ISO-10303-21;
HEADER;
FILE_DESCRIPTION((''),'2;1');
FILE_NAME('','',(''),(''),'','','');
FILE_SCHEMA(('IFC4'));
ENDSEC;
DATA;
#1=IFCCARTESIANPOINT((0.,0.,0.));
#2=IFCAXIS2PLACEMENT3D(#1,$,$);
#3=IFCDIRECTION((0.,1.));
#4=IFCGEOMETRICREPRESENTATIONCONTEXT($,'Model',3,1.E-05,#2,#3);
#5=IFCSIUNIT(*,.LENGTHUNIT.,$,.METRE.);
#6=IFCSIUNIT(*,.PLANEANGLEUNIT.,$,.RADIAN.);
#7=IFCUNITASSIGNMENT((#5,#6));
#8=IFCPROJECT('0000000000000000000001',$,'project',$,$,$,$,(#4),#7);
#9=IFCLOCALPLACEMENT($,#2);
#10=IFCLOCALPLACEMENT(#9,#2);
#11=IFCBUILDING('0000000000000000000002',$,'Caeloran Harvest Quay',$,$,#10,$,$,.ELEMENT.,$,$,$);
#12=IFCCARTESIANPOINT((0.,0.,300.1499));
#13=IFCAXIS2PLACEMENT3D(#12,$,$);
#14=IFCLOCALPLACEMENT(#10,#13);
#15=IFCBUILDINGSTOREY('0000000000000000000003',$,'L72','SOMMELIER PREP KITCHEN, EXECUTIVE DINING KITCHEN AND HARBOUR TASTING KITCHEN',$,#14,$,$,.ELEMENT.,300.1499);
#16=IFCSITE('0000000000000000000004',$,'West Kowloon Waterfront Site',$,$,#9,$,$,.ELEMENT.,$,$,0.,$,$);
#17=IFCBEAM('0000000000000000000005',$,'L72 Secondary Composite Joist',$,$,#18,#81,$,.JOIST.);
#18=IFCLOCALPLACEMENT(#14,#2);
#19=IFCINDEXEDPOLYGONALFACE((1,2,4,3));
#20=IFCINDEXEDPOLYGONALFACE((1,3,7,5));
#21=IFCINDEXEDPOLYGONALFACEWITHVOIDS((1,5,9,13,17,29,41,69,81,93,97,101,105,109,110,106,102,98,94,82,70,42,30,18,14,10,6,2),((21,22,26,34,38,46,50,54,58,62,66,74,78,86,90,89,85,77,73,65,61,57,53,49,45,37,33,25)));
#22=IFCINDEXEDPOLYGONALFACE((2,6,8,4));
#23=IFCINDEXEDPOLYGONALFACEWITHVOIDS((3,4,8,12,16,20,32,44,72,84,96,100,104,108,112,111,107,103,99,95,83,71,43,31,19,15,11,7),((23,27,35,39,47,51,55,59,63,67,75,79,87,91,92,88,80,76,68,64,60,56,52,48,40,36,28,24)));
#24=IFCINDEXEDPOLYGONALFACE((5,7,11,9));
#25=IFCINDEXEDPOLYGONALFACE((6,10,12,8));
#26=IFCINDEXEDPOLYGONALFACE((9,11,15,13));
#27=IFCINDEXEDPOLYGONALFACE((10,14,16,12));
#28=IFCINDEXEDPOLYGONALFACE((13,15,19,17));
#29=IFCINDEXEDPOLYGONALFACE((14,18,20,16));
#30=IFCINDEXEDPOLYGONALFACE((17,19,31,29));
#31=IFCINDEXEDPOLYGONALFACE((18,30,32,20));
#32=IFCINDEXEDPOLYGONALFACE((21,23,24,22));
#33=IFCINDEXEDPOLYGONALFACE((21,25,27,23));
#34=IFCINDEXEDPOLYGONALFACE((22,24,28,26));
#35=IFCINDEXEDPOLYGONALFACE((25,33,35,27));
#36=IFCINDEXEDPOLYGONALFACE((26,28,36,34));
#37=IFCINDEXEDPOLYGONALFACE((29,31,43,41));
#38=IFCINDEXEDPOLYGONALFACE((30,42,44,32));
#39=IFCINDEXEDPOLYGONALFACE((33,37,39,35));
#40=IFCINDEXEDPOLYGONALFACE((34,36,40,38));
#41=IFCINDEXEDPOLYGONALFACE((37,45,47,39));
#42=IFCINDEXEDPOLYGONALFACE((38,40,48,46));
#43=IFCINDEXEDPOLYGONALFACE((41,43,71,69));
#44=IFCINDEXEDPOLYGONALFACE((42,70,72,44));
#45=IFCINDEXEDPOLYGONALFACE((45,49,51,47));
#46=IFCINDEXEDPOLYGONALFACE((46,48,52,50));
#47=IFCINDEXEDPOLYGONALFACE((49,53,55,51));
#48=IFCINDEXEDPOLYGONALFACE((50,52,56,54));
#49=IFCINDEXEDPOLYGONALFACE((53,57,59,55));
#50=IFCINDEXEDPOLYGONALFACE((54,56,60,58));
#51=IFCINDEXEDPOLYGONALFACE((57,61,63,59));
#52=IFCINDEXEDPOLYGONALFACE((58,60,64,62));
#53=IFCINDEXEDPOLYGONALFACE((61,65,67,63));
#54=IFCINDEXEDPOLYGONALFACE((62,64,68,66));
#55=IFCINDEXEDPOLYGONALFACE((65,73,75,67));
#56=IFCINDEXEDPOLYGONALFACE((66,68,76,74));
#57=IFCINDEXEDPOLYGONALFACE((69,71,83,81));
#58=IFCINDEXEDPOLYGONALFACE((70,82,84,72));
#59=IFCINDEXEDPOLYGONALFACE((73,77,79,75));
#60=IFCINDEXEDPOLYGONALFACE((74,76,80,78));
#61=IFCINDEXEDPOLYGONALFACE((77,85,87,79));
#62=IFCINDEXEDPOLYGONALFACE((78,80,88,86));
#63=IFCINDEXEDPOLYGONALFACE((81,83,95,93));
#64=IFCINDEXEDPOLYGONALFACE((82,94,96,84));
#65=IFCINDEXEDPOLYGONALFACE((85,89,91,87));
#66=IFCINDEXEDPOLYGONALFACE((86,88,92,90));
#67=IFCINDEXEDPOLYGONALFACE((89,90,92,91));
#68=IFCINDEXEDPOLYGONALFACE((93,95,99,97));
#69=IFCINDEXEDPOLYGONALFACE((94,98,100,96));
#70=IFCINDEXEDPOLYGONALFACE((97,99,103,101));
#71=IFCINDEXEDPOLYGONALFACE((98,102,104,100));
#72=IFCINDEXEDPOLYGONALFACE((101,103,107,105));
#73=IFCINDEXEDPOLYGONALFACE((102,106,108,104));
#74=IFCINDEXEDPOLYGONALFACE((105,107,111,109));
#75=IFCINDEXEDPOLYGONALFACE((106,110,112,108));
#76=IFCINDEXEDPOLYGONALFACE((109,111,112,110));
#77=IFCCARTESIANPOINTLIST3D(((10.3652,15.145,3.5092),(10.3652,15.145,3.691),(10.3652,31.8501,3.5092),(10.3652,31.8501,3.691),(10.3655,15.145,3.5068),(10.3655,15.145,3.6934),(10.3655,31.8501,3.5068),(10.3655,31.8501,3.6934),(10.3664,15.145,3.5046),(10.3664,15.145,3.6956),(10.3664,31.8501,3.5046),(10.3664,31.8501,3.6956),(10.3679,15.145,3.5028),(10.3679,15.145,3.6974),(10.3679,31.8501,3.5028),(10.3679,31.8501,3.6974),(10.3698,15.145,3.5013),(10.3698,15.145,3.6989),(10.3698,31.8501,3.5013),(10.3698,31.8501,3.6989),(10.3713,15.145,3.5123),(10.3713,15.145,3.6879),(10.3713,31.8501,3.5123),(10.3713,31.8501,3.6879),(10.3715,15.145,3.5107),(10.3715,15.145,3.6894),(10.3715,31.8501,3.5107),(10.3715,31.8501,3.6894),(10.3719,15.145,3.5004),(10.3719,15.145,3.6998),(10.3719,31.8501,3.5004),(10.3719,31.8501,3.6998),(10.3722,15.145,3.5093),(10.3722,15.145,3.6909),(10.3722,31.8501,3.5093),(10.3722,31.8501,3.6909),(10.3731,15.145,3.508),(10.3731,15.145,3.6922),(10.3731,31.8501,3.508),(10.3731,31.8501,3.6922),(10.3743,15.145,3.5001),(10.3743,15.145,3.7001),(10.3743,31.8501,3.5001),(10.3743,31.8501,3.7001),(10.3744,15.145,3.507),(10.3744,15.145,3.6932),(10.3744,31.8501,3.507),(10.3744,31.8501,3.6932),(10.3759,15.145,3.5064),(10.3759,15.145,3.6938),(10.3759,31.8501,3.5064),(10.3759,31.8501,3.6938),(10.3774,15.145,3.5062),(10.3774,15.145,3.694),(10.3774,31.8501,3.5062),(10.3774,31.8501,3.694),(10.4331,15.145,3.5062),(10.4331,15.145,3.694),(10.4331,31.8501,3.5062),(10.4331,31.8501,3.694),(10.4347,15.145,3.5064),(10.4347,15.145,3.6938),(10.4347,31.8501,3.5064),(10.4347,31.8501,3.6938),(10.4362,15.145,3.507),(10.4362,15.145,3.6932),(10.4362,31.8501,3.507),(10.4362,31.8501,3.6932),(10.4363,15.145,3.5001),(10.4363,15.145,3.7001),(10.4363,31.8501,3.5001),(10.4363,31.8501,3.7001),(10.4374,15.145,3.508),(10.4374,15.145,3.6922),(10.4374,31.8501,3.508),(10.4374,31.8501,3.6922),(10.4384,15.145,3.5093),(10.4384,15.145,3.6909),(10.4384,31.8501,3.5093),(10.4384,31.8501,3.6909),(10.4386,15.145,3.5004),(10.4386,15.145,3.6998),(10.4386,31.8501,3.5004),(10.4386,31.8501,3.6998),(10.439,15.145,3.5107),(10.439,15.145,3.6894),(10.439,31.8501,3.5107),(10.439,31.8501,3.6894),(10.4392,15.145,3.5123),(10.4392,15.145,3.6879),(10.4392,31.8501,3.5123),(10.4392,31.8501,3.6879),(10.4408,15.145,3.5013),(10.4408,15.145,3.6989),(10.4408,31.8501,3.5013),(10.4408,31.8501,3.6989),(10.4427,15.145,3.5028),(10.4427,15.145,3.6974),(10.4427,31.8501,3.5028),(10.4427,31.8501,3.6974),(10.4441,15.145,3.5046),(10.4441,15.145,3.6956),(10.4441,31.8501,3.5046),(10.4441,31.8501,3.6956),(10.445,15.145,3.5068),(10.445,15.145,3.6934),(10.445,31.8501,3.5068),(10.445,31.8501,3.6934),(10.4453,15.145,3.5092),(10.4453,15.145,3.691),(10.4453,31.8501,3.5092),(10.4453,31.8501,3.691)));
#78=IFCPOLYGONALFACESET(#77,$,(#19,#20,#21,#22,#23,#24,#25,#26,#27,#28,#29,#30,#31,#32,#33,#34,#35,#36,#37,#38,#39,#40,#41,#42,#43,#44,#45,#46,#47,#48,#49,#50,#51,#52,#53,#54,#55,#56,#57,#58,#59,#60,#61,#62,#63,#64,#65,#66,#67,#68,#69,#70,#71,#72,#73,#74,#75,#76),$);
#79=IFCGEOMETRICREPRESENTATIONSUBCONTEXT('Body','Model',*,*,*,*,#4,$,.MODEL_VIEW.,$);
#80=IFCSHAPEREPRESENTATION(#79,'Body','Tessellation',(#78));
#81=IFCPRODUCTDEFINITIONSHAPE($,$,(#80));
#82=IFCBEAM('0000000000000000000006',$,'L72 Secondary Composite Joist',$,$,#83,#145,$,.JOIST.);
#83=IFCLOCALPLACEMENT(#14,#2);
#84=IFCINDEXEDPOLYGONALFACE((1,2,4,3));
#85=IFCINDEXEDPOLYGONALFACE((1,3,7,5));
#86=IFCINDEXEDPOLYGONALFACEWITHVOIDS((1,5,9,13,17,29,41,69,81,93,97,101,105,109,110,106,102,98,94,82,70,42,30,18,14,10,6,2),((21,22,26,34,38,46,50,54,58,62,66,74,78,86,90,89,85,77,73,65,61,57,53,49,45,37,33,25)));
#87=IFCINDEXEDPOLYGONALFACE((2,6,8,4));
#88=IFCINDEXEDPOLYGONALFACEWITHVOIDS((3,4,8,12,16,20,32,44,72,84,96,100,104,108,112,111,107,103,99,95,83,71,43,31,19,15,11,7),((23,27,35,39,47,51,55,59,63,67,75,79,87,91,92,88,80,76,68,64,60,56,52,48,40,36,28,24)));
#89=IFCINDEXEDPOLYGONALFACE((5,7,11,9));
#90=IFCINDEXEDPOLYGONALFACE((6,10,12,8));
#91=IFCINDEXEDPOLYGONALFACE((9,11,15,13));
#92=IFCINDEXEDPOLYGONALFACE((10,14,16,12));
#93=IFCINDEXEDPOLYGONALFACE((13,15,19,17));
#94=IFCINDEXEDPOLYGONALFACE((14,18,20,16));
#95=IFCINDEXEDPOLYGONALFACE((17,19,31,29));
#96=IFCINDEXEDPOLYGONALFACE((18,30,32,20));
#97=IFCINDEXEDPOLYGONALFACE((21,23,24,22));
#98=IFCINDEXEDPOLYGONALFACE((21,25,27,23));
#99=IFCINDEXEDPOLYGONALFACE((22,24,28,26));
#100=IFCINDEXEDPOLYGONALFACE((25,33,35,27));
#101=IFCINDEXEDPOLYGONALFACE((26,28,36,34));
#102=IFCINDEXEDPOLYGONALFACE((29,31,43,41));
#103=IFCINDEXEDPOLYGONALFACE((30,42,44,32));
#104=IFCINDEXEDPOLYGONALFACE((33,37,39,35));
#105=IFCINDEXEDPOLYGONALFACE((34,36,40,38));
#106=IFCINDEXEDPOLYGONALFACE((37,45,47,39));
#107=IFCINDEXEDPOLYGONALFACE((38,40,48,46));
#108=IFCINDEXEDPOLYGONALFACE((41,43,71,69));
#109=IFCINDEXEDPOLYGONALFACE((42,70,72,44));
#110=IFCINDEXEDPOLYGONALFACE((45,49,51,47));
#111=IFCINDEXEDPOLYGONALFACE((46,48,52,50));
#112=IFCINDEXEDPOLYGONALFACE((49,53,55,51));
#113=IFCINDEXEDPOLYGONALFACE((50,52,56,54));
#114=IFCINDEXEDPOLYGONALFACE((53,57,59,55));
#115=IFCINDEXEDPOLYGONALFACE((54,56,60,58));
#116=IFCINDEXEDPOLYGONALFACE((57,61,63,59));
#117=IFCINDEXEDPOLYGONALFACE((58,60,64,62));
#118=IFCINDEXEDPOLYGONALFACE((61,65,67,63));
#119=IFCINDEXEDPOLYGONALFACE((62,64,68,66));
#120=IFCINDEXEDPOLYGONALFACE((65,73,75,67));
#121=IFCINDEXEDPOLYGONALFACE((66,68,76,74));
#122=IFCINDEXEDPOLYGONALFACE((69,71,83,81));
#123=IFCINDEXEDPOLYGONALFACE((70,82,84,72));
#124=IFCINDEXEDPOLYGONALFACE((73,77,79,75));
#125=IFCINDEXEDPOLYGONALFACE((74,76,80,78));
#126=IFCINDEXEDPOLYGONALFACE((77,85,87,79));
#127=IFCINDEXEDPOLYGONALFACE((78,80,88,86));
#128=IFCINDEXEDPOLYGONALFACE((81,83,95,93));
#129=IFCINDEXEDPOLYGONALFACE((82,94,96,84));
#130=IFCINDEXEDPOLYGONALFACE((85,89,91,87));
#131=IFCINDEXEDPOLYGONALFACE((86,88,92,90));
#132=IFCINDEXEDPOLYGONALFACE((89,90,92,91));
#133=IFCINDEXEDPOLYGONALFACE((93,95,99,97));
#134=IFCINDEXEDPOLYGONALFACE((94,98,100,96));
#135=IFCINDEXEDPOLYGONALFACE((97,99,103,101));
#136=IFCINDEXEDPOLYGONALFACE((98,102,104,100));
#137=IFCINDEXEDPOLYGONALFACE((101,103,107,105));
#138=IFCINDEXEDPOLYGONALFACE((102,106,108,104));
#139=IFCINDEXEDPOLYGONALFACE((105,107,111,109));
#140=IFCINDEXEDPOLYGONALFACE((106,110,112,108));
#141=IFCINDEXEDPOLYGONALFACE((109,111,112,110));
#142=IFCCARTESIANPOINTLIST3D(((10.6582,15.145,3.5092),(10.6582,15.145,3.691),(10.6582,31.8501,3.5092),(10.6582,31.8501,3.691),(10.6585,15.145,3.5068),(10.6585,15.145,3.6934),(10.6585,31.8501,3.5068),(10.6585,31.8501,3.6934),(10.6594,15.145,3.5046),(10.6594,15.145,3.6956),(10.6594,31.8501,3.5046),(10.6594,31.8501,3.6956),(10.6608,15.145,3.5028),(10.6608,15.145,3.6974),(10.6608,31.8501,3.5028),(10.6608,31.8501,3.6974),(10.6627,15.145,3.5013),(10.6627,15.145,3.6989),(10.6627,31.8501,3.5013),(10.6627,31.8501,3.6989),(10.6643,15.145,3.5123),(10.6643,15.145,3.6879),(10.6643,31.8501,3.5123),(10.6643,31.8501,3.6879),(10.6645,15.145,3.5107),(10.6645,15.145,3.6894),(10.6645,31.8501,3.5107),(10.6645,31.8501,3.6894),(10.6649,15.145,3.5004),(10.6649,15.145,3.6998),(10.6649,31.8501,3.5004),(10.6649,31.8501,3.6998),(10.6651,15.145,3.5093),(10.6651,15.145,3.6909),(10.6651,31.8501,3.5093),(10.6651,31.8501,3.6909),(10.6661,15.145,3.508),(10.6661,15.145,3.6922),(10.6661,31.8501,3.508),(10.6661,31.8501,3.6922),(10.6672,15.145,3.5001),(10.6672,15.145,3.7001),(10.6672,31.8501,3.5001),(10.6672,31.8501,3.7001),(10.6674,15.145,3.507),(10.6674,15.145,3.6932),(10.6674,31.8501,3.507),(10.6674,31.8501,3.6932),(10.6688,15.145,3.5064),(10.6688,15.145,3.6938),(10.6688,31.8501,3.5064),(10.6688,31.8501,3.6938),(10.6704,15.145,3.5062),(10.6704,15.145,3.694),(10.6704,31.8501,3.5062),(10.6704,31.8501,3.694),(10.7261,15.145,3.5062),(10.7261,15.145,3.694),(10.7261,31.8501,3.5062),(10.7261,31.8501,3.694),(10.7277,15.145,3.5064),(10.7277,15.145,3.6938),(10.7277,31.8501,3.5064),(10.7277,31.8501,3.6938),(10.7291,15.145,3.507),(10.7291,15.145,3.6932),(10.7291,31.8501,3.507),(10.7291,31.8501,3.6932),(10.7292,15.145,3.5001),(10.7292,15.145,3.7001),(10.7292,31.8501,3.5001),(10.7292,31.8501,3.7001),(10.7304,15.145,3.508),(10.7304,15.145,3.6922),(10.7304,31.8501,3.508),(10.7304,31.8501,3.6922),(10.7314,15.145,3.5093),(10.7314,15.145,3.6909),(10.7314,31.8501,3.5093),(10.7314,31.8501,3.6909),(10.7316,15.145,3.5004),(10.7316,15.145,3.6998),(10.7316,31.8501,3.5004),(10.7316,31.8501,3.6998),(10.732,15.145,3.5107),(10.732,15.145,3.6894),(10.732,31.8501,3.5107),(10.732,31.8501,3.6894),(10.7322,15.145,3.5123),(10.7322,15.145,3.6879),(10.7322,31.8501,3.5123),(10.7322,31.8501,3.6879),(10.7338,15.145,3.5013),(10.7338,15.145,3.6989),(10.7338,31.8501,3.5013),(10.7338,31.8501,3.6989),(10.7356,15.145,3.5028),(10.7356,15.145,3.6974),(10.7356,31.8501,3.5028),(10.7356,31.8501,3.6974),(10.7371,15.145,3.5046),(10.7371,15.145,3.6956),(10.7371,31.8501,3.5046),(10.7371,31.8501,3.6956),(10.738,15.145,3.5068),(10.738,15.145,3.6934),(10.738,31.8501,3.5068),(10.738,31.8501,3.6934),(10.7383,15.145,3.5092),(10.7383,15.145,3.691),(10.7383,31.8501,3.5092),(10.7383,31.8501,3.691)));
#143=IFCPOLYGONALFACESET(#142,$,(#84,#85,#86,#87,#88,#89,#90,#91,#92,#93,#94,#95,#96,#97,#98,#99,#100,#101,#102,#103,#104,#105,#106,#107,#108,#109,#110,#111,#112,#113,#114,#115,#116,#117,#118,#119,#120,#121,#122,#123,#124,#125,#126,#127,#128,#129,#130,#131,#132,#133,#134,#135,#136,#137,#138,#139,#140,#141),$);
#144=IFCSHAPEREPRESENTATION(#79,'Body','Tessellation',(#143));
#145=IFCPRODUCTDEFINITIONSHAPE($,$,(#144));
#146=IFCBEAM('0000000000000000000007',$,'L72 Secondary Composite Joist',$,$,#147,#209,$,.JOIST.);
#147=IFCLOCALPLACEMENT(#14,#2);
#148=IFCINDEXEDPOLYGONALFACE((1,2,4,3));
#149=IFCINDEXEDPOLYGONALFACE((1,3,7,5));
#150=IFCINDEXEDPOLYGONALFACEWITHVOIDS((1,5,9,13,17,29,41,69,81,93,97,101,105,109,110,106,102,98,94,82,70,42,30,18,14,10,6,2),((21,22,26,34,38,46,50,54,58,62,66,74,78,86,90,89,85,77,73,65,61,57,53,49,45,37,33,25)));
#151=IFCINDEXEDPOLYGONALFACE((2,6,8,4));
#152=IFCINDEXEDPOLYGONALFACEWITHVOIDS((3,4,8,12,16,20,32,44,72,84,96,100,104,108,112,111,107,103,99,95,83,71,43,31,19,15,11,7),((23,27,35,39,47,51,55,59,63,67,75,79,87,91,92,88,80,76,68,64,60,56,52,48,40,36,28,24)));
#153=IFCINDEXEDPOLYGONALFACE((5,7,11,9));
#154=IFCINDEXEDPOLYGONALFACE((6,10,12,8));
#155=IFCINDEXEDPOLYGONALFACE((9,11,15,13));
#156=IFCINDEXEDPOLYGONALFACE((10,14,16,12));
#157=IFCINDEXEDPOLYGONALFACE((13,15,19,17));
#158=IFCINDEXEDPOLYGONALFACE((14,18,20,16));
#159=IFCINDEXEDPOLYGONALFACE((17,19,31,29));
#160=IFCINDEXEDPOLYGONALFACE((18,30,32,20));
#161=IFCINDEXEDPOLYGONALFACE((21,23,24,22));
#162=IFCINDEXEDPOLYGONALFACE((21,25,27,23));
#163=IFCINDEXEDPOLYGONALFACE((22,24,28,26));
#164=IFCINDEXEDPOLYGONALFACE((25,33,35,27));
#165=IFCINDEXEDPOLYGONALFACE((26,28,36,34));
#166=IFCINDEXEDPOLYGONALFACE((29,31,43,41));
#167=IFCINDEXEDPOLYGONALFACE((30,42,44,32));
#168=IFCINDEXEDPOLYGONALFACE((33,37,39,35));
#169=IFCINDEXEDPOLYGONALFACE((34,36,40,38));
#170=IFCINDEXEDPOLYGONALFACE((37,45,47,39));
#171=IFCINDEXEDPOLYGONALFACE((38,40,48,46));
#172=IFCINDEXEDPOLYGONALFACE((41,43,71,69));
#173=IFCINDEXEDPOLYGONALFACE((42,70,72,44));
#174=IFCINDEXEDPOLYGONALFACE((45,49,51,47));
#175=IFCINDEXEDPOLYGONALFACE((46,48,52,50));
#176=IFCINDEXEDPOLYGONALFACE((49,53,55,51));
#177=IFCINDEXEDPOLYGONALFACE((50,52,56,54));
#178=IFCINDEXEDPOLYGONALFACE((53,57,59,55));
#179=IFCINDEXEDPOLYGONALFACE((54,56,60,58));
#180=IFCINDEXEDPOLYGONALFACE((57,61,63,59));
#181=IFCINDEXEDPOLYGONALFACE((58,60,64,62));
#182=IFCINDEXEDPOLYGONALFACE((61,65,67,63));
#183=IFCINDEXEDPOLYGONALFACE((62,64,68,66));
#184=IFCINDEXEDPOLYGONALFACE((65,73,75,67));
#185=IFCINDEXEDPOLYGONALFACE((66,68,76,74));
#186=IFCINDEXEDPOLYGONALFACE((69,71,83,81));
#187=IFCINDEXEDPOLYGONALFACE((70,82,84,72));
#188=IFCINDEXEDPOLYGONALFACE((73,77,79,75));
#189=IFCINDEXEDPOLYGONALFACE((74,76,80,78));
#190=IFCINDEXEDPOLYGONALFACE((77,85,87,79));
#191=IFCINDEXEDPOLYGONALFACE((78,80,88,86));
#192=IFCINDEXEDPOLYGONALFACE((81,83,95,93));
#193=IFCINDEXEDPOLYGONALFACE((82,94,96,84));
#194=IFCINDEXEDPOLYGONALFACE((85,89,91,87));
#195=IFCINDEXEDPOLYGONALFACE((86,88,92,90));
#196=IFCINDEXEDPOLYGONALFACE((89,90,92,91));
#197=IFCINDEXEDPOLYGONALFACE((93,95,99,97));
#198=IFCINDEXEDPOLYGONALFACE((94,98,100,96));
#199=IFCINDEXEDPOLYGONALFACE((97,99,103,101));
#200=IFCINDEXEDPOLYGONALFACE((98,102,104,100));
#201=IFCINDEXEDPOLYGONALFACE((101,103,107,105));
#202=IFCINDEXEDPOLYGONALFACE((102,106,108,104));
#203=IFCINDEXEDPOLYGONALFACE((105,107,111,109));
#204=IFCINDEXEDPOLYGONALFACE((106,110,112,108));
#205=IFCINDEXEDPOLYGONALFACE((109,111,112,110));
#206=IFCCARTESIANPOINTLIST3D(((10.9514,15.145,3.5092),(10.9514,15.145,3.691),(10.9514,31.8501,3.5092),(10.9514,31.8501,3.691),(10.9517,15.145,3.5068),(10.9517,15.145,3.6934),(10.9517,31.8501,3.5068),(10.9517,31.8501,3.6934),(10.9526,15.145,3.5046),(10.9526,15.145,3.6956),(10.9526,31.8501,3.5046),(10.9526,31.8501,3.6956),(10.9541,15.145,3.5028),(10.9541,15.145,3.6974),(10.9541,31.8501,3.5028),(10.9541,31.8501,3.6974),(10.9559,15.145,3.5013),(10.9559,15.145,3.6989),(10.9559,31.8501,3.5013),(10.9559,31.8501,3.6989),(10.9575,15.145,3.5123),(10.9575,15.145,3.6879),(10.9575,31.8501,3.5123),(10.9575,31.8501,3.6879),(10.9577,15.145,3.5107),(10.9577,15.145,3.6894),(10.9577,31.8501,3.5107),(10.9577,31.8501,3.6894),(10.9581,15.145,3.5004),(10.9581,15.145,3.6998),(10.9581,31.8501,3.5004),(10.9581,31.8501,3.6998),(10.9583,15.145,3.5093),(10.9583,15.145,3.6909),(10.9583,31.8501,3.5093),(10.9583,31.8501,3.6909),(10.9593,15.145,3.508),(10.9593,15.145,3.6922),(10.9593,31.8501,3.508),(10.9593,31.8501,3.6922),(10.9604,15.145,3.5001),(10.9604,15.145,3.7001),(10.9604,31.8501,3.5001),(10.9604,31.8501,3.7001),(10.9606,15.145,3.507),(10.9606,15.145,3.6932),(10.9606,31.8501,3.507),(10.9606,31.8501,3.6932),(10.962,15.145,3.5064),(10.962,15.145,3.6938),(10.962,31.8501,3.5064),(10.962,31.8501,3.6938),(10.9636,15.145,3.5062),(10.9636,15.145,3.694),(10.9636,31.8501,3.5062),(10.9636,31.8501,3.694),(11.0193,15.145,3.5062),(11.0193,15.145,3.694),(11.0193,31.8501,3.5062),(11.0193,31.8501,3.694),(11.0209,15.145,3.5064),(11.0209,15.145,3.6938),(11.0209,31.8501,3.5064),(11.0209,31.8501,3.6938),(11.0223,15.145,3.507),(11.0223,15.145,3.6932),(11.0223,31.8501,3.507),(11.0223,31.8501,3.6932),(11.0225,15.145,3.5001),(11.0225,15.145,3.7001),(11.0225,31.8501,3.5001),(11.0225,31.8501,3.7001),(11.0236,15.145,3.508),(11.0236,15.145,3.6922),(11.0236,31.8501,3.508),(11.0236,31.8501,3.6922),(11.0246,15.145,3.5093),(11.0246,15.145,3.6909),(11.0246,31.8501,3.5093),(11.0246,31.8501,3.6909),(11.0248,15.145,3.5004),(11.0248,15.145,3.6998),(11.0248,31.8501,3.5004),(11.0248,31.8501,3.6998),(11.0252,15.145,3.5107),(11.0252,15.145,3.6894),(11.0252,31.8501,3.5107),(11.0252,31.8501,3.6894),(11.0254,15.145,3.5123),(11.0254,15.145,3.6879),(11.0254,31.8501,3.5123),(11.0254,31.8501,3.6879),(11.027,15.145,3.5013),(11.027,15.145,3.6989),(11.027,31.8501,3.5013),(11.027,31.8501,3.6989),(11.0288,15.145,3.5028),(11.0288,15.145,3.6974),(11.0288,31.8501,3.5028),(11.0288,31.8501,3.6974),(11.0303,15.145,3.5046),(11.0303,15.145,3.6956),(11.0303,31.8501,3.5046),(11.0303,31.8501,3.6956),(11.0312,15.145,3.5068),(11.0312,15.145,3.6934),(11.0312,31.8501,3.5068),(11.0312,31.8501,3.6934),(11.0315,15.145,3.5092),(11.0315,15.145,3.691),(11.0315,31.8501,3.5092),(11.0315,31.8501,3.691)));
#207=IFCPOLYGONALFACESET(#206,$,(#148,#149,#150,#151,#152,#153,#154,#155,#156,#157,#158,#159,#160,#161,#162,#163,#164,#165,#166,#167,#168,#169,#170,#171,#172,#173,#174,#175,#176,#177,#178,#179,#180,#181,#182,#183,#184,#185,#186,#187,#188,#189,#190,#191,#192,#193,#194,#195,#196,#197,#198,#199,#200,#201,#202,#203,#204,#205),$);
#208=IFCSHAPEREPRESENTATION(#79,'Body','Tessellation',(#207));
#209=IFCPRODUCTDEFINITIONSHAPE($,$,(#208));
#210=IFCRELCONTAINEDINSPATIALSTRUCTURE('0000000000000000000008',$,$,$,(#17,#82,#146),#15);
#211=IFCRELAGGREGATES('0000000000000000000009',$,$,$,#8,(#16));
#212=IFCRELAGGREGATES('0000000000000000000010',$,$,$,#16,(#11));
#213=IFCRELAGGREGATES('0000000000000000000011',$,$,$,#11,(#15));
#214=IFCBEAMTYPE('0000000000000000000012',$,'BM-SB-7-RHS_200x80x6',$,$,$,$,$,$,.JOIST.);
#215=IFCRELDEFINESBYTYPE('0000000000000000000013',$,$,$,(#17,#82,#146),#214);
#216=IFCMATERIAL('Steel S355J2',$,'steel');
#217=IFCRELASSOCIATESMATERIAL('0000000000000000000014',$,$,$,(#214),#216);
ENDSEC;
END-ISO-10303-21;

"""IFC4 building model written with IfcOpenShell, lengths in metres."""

from ifc_helpers import new_model, si_unit, direction, frame, origin, origin_2d, place, context, subcontext, project, spatial, hollow_rectangle, extrude, material, material_profile, profile_set, type_object, element, save


model = new_model("IFC4")

# Units and contexts
model_context = context("Model", 3, precision=1e-05, world=origin(), true_north=direction((0.0, 1.0)))
body_context = subcontext(model_context, "Body", "Model", "MODEL_VIEW")
ifc_project = project(units=[si_unit("LENGTHUNIT", "METRE"), si_unit("PLANEANGLEUNIT", "RADIAN")], contexts=[model_context])

# Site, building, storey
site_placement = place(None, origin())
site = spatial("IfcSite", under=ifc_project, at=site_placement, Name="West Kowloon Waterfront Site", CompositionType="ELEMENT", RefElevation=0.0)
building_placement = place(site_placement, origin())
building = spatial("IfcBuilding", under=site, at=building_placement, Name="Caeloran Harvest Quay", CompositionType="ELEMENT")
storey_placement = place(building_placement, frame((0.0, 0.0, 300.1499)))
storey = spatial("IfcBuildingStorey", under=building, at=storey_placement, Name="L72", Description="SOMMELIER PREP KITCHEN, EXECUTIVE DINING KITCHEN AND HARBOUR TASTING KITCHEN", CompositionType="ELEMENT", Elevation=300.1499)

# Beams
ifc_material_1 = material(Name="Steel S355J2", Category="steel")
ifc_material_profile_1 = material_profile(ifc_material_1, hollow_rectangle(XDim=0.0801, YDim=0.2, WallThickness=0.0061, InnerFilletRadius=0.0061, OuterFilletRadius=0.009, at=origin_2d()), Name="RHS 200x80x6")
ifc_profile_set_1 = profile_set([ifc_material_profile_1], Name="Steel S355J2")
beam_type_1 = type_object("IfcBeamType", Name="BM-SB-7-RHS_200x80x6", PredefinedType="JOIST", material=ifc_profile_set_1)
for number, where, z_axis, x_axis, name in (
    (1, (10.4053, 15.145, 3.6001), (0.0, 1.0, 0.0), (-1.0, 0.0, 0.0), "L72 Secondary Composite Joist"),
    (2, (10.6982, 15.145, 3.6001), (0.0, 1.0, 0.0), (-1.0, 0.0, 0.0), "L72 Secondary Composite Joist"),
    (3, (10.9915, 15.145, 3.6001), (0.0, 1.0, 0.0), (-1.0, 0.0, 0.0), "L72 Secondary Composite Joist"),
):
    element("IfcBeam", number, at=place(storey_placement, frame(where, z_axis=z_axis, x_axis=x_axis)), inside=storey, type_object=beam_type_1, Name=name, PredefinedType="JOIST", context=body_context, shape_type="SweptSolid", body=[
        extrude(hollow_rectangle(XDim=0.0801, YDim=0.2, WallThickness=0.0061, InnerFilletRadius=0.0061, OuterFilletRadius=0.009, at=origin_2d()), origin(), (0.0, 0.0, 1.0), 16.7051),
    ])

save(model, "model.ifc")
